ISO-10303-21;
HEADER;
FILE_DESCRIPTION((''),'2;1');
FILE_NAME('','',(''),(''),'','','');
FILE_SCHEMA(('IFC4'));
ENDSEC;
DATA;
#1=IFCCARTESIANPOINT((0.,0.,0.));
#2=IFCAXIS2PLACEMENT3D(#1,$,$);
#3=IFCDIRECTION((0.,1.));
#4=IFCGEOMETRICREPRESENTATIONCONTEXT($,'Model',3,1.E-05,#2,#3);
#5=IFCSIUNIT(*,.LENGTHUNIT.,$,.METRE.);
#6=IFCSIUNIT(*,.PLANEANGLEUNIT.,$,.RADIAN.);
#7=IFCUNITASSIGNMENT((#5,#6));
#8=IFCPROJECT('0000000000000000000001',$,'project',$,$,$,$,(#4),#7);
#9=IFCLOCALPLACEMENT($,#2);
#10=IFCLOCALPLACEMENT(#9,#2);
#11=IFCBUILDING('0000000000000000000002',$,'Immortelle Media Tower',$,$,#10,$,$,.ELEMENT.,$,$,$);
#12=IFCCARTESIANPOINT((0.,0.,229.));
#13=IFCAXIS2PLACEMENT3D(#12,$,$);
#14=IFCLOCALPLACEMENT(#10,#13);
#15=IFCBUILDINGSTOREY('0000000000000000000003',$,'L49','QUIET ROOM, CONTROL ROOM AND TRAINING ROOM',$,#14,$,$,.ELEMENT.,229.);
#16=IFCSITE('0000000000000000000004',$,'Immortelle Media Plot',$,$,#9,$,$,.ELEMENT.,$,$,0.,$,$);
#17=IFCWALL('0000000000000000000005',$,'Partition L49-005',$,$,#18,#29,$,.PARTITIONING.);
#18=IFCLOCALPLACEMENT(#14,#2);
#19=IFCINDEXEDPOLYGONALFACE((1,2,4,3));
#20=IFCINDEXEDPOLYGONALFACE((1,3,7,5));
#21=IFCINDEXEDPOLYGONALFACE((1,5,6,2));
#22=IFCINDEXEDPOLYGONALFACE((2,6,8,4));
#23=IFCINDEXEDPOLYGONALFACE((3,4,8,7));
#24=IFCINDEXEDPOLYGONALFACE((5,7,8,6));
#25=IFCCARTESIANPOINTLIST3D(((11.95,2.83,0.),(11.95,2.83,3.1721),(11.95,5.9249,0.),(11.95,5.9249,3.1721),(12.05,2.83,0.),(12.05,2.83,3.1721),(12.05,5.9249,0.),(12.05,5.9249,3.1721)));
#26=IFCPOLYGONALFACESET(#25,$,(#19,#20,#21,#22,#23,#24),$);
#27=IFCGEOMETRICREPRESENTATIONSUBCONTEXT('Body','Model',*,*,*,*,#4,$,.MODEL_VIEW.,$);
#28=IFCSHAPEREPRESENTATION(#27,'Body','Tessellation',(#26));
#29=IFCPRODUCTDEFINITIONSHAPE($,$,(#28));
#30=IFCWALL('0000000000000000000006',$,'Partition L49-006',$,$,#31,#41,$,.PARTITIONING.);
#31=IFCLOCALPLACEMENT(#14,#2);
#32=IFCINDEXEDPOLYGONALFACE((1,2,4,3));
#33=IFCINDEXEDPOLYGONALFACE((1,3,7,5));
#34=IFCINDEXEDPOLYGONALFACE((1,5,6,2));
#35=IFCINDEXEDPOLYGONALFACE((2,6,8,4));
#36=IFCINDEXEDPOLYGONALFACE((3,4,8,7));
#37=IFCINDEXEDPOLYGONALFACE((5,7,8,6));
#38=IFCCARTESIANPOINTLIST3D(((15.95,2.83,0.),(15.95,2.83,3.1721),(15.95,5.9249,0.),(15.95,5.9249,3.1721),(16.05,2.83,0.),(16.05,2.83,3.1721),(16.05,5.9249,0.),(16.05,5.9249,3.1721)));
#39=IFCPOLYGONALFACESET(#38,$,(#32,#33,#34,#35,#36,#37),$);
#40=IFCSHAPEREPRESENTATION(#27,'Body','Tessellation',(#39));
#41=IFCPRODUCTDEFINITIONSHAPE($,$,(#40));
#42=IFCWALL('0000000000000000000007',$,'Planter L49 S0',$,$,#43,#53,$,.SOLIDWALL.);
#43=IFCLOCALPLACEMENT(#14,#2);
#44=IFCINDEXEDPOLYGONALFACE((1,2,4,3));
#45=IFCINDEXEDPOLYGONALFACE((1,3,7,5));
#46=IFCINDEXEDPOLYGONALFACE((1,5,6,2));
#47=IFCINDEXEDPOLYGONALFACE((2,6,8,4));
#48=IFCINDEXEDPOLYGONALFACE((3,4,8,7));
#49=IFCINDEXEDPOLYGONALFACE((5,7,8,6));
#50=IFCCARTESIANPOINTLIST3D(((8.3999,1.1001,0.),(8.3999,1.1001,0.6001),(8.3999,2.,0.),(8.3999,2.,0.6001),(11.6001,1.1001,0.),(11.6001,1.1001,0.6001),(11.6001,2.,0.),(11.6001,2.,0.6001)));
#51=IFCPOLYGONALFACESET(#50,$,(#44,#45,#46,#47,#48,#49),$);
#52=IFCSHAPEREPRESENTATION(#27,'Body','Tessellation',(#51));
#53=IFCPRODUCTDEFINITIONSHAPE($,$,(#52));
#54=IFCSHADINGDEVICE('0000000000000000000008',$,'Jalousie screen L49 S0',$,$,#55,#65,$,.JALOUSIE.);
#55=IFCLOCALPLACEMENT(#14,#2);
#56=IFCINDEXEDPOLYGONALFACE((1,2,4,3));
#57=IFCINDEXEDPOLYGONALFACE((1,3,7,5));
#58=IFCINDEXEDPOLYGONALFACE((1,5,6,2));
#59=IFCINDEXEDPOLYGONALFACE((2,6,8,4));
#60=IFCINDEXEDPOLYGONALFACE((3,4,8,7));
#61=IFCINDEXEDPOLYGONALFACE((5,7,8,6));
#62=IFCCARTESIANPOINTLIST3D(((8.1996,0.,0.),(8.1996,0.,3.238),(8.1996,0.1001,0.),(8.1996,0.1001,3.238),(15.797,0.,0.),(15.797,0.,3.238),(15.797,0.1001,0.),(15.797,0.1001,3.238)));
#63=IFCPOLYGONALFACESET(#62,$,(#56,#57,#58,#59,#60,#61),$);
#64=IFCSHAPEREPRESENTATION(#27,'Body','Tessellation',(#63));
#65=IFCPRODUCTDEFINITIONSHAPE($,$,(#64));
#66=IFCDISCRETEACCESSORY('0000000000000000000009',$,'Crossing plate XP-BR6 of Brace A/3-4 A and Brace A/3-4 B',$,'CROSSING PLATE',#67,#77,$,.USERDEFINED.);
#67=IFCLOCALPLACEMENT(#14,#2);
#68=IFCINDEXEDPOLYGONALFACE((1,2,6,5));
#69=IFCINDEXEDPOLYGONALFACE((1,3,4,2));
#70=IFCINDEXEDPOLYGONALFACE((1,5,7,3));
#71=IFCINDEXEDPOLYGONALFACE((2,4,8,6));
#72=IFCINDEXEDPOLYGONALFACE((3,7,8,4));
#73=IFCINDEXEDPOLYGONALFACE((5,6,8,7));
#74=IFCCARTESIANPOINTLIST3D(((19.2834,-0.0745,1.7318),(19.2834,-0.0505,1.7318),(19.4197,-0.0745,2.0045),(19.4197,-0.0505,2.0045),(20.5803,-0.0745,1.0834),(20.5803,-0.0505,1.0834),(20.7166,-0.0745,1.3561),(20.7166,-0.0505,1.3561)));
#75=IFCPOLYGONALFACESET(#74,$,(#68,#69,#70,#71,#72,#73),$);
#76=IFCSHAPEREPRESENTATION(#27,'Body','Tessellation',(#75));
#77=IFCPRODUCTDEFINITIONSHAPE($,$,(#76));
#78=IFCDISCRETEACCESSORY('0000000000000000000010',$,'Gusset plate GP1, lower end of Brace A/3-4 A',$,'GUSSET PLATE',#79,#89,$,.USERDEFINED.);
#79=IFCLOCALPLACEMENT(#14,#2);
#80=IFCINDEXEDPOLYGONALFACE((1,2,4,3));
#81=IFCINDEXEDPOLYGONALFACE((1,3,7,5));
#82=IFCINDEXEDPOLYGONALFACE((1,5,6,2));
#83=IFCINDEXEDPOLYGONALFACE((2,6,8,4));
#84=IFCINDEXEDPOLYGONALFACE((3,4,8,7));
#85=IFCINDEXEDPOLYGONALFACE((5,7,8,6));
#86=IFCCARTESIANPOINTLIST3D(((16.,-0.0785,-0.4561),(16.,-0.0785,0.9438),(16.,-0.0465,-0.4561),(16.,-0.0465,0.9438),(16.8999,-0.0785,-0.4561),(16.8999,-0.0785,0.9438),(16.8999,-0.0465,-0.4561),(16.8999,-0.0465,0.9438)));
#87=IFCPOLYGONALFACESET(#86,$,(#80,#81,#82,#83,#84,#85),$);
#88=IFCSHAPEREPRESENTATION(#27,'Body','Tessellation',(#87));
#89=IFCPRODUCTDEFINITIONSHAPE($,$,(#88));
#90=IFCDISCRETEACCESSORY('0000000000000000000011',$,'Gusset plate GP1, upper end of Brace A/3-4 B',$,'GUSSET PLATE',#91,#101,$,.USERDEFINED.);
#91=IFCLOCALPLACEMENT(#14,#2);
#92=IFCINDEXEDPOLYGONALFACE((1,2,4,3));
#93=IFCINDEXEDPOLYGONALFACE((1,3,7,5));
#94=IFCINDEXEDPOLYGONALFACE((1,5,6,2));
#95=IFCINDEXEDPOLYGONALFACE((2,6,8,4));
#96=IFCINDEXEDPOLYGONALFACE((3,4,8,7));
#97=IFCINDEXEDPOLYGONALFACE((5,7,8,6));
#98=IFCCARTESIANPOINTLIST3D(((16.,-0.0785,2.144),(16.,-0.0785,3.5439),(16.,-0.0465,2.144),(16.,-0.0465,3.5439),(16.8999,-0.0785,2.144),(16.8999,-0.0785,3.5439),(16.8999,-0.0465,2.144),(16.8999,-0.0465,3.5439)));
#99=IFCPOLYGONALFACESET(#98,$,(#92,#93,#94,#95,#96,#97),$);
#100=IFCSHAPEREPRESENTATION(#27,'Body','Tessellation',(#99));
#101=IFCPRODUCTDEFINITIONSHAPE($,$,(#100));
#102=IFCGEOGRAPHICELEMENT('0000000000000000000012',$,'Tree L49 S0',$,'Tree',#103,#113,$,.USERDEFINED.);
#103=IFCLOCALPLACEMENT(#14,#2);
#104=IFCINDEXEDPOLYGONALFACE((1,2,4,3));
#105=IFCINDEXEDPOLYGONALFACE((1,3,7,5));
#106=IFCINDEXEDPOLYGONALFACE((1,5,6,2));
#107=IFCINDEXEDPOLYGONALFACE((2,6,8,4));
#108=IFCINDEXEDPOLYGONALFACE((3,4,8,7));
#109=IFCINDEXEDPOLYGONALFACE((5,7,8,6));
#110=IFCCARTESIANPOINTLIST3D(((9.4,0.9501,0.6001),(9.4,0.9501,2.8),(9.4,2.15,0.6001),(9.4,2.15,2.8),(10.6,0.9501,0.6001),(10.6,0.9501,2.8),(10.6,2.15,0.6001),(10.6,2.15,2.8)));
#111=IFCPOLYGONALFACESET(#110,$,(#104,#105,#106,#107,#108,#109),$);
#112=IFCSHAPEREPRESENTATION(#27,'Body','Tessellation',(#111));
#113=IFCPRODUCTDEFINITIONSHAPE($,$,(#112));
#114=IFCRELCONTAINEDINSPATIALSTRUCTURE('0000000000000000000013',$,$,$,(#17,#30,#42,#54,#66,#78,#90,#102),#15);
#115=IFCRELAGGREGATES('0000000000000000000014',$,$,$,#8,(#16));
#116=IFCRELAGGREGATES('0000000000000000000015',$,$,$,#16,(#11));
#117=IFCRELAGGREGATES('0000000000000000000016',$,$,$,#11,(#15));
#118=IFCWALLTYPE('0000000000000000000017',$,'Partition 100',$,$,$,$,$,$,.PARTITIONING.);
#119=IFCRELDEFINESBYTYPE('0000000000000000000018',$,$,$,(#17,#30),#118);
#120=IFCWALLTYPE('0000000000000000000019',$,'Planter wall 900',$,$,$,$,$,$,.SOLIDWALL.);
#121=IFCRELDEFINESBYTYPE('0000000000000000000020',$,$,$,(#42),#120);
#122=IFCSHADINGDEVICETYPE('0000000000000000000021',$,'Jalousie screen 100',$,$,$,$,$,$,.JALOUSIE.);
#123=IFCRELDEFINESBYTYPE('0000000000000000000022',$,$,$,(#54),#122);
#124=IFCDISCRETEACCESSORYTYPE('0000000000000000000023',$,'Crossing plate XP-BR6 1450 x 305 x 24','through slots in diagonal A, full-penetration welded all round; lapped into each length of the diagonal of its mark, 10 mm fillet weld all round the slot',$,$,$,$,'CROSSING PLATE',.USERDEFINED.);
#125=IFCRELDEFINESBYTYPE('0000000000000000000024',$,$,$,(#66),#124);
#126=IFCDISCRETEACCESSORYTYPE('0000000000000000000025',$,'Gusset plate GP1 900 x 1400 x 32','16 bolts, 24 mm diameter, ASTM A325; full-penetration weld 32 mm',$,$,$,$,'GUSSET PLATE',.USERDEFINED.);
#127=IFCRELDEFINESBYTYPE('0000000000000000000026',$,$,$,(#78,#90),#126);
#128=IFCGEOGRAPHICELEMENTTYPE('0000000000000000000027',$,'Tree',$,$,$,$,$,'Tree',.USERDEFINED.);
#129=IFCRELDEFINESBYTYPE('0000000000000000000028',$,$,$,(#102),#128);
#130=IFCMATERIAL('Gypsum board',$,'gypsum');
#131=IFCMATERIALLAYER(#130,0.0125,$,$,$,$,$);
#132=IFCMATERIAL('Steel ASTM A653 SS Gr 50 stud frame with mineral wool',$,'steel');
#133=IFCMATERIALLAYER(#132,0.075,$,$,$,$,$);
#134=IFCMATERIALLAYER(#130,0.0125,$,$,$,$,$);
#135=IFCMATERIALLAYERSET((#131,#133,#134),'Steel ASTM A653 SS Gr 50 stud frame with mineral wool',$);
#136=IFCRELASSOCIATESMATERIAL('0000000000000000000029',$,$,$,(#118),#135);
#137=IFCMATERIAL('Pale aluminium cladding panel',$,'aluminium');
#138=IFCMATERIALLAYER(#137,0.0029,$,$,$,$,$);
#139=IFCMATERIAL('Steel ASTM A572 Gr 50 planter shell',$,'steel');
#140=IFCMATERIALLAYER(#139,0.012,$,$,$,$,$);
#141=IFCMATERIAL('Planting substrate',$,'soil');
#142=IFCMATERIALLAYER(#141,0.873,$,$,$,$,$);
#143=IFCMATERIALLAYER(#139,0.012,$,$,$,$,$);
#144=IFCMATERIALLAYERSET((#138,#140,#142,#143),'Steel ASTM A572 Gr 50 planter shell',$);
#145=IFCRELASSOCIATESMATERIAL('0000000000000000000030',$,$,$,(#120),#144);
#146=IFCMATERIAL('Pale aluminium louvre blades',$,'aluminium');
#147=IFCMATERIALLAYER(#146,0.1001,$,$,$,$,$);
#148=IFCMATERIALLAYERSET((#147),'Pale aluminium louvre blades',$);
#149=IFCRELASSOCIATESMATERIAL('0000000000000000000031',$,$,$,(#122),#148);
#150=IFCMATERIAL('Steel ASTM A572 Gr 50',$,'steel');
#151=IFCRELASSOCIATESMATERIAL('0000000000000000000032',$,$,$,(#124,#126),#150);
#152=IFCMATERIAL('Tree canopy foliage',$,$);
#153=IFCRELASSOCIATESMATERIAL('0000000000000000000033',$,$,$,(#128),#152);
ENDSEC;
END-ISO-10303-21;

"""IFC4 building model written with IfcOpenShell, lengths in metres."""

from ifc_helpers import new_model, si_unit, direction, frame, frame_2d, origin, origin_2d, place, context, subcontext, project, spatial, rectangle, extrude, material, layer, layer_set, material_profile, profile_set, type_object, element, save


model = new_model("IFC4")

# Units and contexts
model_context = context("Model", 3, precision=1e-05, world=origin(), true_north=direction((0.0, 1.0)))
body_context = subcontext(model_context, "Body", "Model", "MODEL_VIEW")
ifc_project = project(units=[si_unit("LENGTHUNIT", "METRE"), si_unit("PLANEANGLEUNIT", "RADIAN")], contexts=[model_context])

# Site, building, storey
site_placement = place(None, origin())
site = spatial("IfcSite", under=ifc_project, at=site_placement, Name="Immortelle Media Plot", CompositionType="ELEMENT", RefElevation=0.0)
building_placement = place(site_placement, origin())
building = spatial("IfcBuilding", under=site, at=building_placement, Name="Immortelle Media Tower", CompositionType="ELEMENT")
storey_placement = place(building_placement, frame((0.0, 0.0, 229.0)))
storey = spatial("IfcBuildingStorey", under=building, at=storey_placement, Name="L49", Description="QUIET ROOM, CONTROL ROOM AND TRAINING ROOM", CompositionType="ELEMENT", Elevation=229.0)

# Shared definitions
ifc_material_1 = material(Name="Pale aluminium cladding panel", Category="aluminium")
ifc_material_2 = material(Name="Steel ASTM A653 SS Gr 50 stud frame with mineral wool", Category="steel")

# Walls
ifc_material_3 = material(Name="Gypsum board", Category="gypsum")
ifc_layer_1 = layer(ifc_material_3, 0.0125)
ifc_layer_2 = layer(ifc_material_2, 0.075)
ifc_layer_3 = layer(ifc_material_3, 0.0125)
ifc_layer_set_1 = layer_set([ifc_layer_1, ifc_layer_2, ifc_layer_3], Name="Steel ASTM A653 SS Gr 50 stud frame with mineral wool")
wall_type_1 = type_object("IfcWallType", Name="Partition 100", PredefinedType="PARTITIONING", material=ifc_layer_set_1)
for number, where, z_axis, x_axis, name in (
    (1, (12.0, 2.8301, 0.0), (0.0, 0.0, 1.0), (0.0, 1.0, 0.0), "Partition L49-005"),
    (2, (16.0, 2.8301, 0.0), (0.0, 0.0, 1.0), (0.0, 1.0, 0.0), "Partition L49-006"),
):
    element("IfcWall", number, at=place(storey_placement, frame(where, z_axis=z_axis, x_axis=x_axis)), inside=storey, type_object=wall_type_1, Name=name, PredefinedType="PARTITIONING", context=body_context, shape_type="SweptSolid", body=[
        extrude(rectangle(XDim=3.095, YDim=0.1001, at=frame_2d((1.5474, 0.0))), origin(), (0.0, 0.0, 1.0), 3.1721),
    ])
ifc_layer_4 = layer(ifc_material_1, 0.0029)
ifc_material_4 = material(Name="Steel ASTM A572 Gr 50 planter shell", Category="steel")
ifc_layer_5 = layer(ifc_material_4, 0.012)
ifc_material_5 = material(Name="Planting substrate", Category="soil")
ifc_layer_6 = layer(ifc_material_5, 0.873)
ifc_layer_7 = layer(ifc_material_4, 0.012)
ifc_layer_set_2 = layer_set([ifc_layer_4, ifc_layer_5, ifc_layer_6, ifc_layer_7], Name="Steel ASTM A572 Gr 50 planter shell")
wall_type_2 = type_object("IfcWallType", Name="Planter wall 900", PredefinedType="SOLIDWALL", material=ifc_layer_set_2)
wall_1_placement = place(storey_placement, frame((8.3999, 1.55, 0.0), z_axis=(0.0, 0.0, 1.0), x_axis=(1.0, 0.0, 0.0)))
element("IfcWall", 3, at=wall_1_placement, inside=storey, type_object=wall_type_2, Name="Planter L49 S0", PredefinedType="SOLIDWALL", context=body_context, shape_type="SweptSolid", body=[
    extrude(rectangle(XDim=3.2002, YDim=0.8999, at=frame_2d((1.6001, 0.0))), origin(), (0.0, 0.0, 1.0), 0.6001),
])

# Shading device
ifc_material_6 = material(Name="Pale aluminium louvre blades", Category="aluminium")
ifc_layer_8 = layer(ifc_material_6, 0.1001)
ifc_layer_set_3 = layer_set([ifc_layer_8], Name="Pale aluminium louvre blades")
shading_device_type = type_object("IfcShadingDeviceType", Name="Jalousie screen 100", PredefinedType="JALOUSIE", material=ifc_layer_set_3)
shading_device_placement = place(storey_placement, frame((11.9983, 0.05, 0.0), z_axis=(0.0, 0.0, 1.0), x_axis=(1.0, 0.0, 0.0)))
element("IfcShadingDevice", 4, at=shading_device_placement, inside=storey, type_object=shading_device_type, Name="Jalousie screen L49 S0", PredefinedType="JALOUSIE", context=body_context, shape_type="SweptSolid", body=[
    extrude(rectangle(XDim=7.5974, YDim=0.1001, at=origin_2d()), origin(), (0.0, 0.0, 1.0), 3.238),
])

# Discrete accessories
ifc_material_7 = material(Name="Steel ASTM A572 Gr 50", Category="steel")
ifc_material_profile_1 = material_profile(ifc_material_7, rectangle(XDim=0.0239, YDim=0.3049, at=origin_2d()), Name="PL 24 x 305")
ifc_profile_set_1 = profile_set([ifc_material_profile_1], Name="Steel ASTM A572 Gr 50")
discrete_accessory_type_1 = type_object("IfcDiscreteAccessoryType", Name="Crossing plate XP-BR6 1450 x 305 x 24", Description="through slots in diagonal A, full-penetration welded all round; lapped into each length of the diagonal of its mark, 10 mm fillet weld all round the slot", ElementType="CROSSING PLATE", PredefinedType="USERDEFINED", material=ifc_profile_set_1)
discrete_accessory_placement = place(storey_placement, frame((19.3516, -0.0625, 1.8682), z_axis=(0.894427, 0.0, -0.447214), x_axis=(0.0, 1.0, 0.0)))
element("IfcDiscreteAccessory", 5, at=discrete_accessory_placement, inside=storey, type_object=discrete_accessory_type_1, Name="Crossing plate XP-BR6 of Brace A/3-4 A and Brace A/3-4 B", ObjectType="CROSSING PLATE", PredefinedType="USERDEFINED", context=body_context, shape_type="SweptSolid", body=[
    extrude(rectangle(XDim=0.0239, YDim=0.3049, at=origin_2d()), origin(), (0.0, 0.0, 1.0), 1.45),
])
ifc_material_profile_2 = material_profile(ifc_material_7, rectangle(XDim=0.032, YDim=1.3999, at=origin_2d()), Name="PL 32 x 1400")
ifc_profile_set_2 = profile_set([ifc_material_profile_2], Name="Steel ASTM A572 Gr 50")
discrete_accessory_type_2 = type_object("IfcDiscreteAccessoryType", Name="Gusset plate GP1 900 x 1400 x 32", Description="16 bolts, 24 mm diameter, ASTM A325; full-penetration weld 32 mm", ElementType="GUSSET PLATE", PredefinedType="USERDEFINED", material=ifc_profile_set_2)
for number, where, z_axis, x_axis, name in (
    (6, (16.0, -0.0625, 0.2439), (1.0, 0.0, 0.0), (0.0, 1.0, 0.0), "Gusset plate GP1, lower end of Brace A/3-4 A"),
    (7, (16.0, -0.0625, 2.844), (1.0, 0.0, 0.0), (0.0, 1.0, 0.0), "Gusset plate GP1, upper end of Brace A/3-4 B"),
):
    element("IfcDiscreteAccessory", number, at=place(storey_placement, frame(where, z_axis=z_axis, x_axis=x_axis)), inside=storey, type_object=discrete_accessory_type_2, Name=name, ObjectType="GUSSET PLATE", PredefinedType="USERDEFINED", context=body_context, shape_type="SweptSolid", body=[
        extrude(rectangle(XDim=0.032, YDim=1.3999, at=origin_2d()), origin(), (0.0, 0.0, 1.0), 0.8999),
    ])

# Geographic element
ifc_material_8 = material(Name="Tree canopy foliage")
geographic_element_type = type_object("IfcGeographicElementType", Name="Tree", ElementType="Tree", PredefinedType="USERDEFINED", material=ifc_material_8)
geographic_element_placement = place(storey_placement, frame((10.0, 1.55, 0.6001), z_axis=(0.0, 0.0, 1.0), x_axis=(1.0, 0.0, 0.0)))
element("IfcGeographicElement", 8, at=geographic_element_placement, inside=storey, type_object=geographic_element_type, Name="Tree L49 S0", ObjectType="Tree", PredefinedType="USERDEFINED", context=body_context, shape_type="SweptSolid", body=[
    extrude(rectangle(XDim=1.2, YDim=1.2, at=origin_2d()), origin(), (0.0, 0.0, 1.0), 2.2),
])

save(model, "model.ifc")
